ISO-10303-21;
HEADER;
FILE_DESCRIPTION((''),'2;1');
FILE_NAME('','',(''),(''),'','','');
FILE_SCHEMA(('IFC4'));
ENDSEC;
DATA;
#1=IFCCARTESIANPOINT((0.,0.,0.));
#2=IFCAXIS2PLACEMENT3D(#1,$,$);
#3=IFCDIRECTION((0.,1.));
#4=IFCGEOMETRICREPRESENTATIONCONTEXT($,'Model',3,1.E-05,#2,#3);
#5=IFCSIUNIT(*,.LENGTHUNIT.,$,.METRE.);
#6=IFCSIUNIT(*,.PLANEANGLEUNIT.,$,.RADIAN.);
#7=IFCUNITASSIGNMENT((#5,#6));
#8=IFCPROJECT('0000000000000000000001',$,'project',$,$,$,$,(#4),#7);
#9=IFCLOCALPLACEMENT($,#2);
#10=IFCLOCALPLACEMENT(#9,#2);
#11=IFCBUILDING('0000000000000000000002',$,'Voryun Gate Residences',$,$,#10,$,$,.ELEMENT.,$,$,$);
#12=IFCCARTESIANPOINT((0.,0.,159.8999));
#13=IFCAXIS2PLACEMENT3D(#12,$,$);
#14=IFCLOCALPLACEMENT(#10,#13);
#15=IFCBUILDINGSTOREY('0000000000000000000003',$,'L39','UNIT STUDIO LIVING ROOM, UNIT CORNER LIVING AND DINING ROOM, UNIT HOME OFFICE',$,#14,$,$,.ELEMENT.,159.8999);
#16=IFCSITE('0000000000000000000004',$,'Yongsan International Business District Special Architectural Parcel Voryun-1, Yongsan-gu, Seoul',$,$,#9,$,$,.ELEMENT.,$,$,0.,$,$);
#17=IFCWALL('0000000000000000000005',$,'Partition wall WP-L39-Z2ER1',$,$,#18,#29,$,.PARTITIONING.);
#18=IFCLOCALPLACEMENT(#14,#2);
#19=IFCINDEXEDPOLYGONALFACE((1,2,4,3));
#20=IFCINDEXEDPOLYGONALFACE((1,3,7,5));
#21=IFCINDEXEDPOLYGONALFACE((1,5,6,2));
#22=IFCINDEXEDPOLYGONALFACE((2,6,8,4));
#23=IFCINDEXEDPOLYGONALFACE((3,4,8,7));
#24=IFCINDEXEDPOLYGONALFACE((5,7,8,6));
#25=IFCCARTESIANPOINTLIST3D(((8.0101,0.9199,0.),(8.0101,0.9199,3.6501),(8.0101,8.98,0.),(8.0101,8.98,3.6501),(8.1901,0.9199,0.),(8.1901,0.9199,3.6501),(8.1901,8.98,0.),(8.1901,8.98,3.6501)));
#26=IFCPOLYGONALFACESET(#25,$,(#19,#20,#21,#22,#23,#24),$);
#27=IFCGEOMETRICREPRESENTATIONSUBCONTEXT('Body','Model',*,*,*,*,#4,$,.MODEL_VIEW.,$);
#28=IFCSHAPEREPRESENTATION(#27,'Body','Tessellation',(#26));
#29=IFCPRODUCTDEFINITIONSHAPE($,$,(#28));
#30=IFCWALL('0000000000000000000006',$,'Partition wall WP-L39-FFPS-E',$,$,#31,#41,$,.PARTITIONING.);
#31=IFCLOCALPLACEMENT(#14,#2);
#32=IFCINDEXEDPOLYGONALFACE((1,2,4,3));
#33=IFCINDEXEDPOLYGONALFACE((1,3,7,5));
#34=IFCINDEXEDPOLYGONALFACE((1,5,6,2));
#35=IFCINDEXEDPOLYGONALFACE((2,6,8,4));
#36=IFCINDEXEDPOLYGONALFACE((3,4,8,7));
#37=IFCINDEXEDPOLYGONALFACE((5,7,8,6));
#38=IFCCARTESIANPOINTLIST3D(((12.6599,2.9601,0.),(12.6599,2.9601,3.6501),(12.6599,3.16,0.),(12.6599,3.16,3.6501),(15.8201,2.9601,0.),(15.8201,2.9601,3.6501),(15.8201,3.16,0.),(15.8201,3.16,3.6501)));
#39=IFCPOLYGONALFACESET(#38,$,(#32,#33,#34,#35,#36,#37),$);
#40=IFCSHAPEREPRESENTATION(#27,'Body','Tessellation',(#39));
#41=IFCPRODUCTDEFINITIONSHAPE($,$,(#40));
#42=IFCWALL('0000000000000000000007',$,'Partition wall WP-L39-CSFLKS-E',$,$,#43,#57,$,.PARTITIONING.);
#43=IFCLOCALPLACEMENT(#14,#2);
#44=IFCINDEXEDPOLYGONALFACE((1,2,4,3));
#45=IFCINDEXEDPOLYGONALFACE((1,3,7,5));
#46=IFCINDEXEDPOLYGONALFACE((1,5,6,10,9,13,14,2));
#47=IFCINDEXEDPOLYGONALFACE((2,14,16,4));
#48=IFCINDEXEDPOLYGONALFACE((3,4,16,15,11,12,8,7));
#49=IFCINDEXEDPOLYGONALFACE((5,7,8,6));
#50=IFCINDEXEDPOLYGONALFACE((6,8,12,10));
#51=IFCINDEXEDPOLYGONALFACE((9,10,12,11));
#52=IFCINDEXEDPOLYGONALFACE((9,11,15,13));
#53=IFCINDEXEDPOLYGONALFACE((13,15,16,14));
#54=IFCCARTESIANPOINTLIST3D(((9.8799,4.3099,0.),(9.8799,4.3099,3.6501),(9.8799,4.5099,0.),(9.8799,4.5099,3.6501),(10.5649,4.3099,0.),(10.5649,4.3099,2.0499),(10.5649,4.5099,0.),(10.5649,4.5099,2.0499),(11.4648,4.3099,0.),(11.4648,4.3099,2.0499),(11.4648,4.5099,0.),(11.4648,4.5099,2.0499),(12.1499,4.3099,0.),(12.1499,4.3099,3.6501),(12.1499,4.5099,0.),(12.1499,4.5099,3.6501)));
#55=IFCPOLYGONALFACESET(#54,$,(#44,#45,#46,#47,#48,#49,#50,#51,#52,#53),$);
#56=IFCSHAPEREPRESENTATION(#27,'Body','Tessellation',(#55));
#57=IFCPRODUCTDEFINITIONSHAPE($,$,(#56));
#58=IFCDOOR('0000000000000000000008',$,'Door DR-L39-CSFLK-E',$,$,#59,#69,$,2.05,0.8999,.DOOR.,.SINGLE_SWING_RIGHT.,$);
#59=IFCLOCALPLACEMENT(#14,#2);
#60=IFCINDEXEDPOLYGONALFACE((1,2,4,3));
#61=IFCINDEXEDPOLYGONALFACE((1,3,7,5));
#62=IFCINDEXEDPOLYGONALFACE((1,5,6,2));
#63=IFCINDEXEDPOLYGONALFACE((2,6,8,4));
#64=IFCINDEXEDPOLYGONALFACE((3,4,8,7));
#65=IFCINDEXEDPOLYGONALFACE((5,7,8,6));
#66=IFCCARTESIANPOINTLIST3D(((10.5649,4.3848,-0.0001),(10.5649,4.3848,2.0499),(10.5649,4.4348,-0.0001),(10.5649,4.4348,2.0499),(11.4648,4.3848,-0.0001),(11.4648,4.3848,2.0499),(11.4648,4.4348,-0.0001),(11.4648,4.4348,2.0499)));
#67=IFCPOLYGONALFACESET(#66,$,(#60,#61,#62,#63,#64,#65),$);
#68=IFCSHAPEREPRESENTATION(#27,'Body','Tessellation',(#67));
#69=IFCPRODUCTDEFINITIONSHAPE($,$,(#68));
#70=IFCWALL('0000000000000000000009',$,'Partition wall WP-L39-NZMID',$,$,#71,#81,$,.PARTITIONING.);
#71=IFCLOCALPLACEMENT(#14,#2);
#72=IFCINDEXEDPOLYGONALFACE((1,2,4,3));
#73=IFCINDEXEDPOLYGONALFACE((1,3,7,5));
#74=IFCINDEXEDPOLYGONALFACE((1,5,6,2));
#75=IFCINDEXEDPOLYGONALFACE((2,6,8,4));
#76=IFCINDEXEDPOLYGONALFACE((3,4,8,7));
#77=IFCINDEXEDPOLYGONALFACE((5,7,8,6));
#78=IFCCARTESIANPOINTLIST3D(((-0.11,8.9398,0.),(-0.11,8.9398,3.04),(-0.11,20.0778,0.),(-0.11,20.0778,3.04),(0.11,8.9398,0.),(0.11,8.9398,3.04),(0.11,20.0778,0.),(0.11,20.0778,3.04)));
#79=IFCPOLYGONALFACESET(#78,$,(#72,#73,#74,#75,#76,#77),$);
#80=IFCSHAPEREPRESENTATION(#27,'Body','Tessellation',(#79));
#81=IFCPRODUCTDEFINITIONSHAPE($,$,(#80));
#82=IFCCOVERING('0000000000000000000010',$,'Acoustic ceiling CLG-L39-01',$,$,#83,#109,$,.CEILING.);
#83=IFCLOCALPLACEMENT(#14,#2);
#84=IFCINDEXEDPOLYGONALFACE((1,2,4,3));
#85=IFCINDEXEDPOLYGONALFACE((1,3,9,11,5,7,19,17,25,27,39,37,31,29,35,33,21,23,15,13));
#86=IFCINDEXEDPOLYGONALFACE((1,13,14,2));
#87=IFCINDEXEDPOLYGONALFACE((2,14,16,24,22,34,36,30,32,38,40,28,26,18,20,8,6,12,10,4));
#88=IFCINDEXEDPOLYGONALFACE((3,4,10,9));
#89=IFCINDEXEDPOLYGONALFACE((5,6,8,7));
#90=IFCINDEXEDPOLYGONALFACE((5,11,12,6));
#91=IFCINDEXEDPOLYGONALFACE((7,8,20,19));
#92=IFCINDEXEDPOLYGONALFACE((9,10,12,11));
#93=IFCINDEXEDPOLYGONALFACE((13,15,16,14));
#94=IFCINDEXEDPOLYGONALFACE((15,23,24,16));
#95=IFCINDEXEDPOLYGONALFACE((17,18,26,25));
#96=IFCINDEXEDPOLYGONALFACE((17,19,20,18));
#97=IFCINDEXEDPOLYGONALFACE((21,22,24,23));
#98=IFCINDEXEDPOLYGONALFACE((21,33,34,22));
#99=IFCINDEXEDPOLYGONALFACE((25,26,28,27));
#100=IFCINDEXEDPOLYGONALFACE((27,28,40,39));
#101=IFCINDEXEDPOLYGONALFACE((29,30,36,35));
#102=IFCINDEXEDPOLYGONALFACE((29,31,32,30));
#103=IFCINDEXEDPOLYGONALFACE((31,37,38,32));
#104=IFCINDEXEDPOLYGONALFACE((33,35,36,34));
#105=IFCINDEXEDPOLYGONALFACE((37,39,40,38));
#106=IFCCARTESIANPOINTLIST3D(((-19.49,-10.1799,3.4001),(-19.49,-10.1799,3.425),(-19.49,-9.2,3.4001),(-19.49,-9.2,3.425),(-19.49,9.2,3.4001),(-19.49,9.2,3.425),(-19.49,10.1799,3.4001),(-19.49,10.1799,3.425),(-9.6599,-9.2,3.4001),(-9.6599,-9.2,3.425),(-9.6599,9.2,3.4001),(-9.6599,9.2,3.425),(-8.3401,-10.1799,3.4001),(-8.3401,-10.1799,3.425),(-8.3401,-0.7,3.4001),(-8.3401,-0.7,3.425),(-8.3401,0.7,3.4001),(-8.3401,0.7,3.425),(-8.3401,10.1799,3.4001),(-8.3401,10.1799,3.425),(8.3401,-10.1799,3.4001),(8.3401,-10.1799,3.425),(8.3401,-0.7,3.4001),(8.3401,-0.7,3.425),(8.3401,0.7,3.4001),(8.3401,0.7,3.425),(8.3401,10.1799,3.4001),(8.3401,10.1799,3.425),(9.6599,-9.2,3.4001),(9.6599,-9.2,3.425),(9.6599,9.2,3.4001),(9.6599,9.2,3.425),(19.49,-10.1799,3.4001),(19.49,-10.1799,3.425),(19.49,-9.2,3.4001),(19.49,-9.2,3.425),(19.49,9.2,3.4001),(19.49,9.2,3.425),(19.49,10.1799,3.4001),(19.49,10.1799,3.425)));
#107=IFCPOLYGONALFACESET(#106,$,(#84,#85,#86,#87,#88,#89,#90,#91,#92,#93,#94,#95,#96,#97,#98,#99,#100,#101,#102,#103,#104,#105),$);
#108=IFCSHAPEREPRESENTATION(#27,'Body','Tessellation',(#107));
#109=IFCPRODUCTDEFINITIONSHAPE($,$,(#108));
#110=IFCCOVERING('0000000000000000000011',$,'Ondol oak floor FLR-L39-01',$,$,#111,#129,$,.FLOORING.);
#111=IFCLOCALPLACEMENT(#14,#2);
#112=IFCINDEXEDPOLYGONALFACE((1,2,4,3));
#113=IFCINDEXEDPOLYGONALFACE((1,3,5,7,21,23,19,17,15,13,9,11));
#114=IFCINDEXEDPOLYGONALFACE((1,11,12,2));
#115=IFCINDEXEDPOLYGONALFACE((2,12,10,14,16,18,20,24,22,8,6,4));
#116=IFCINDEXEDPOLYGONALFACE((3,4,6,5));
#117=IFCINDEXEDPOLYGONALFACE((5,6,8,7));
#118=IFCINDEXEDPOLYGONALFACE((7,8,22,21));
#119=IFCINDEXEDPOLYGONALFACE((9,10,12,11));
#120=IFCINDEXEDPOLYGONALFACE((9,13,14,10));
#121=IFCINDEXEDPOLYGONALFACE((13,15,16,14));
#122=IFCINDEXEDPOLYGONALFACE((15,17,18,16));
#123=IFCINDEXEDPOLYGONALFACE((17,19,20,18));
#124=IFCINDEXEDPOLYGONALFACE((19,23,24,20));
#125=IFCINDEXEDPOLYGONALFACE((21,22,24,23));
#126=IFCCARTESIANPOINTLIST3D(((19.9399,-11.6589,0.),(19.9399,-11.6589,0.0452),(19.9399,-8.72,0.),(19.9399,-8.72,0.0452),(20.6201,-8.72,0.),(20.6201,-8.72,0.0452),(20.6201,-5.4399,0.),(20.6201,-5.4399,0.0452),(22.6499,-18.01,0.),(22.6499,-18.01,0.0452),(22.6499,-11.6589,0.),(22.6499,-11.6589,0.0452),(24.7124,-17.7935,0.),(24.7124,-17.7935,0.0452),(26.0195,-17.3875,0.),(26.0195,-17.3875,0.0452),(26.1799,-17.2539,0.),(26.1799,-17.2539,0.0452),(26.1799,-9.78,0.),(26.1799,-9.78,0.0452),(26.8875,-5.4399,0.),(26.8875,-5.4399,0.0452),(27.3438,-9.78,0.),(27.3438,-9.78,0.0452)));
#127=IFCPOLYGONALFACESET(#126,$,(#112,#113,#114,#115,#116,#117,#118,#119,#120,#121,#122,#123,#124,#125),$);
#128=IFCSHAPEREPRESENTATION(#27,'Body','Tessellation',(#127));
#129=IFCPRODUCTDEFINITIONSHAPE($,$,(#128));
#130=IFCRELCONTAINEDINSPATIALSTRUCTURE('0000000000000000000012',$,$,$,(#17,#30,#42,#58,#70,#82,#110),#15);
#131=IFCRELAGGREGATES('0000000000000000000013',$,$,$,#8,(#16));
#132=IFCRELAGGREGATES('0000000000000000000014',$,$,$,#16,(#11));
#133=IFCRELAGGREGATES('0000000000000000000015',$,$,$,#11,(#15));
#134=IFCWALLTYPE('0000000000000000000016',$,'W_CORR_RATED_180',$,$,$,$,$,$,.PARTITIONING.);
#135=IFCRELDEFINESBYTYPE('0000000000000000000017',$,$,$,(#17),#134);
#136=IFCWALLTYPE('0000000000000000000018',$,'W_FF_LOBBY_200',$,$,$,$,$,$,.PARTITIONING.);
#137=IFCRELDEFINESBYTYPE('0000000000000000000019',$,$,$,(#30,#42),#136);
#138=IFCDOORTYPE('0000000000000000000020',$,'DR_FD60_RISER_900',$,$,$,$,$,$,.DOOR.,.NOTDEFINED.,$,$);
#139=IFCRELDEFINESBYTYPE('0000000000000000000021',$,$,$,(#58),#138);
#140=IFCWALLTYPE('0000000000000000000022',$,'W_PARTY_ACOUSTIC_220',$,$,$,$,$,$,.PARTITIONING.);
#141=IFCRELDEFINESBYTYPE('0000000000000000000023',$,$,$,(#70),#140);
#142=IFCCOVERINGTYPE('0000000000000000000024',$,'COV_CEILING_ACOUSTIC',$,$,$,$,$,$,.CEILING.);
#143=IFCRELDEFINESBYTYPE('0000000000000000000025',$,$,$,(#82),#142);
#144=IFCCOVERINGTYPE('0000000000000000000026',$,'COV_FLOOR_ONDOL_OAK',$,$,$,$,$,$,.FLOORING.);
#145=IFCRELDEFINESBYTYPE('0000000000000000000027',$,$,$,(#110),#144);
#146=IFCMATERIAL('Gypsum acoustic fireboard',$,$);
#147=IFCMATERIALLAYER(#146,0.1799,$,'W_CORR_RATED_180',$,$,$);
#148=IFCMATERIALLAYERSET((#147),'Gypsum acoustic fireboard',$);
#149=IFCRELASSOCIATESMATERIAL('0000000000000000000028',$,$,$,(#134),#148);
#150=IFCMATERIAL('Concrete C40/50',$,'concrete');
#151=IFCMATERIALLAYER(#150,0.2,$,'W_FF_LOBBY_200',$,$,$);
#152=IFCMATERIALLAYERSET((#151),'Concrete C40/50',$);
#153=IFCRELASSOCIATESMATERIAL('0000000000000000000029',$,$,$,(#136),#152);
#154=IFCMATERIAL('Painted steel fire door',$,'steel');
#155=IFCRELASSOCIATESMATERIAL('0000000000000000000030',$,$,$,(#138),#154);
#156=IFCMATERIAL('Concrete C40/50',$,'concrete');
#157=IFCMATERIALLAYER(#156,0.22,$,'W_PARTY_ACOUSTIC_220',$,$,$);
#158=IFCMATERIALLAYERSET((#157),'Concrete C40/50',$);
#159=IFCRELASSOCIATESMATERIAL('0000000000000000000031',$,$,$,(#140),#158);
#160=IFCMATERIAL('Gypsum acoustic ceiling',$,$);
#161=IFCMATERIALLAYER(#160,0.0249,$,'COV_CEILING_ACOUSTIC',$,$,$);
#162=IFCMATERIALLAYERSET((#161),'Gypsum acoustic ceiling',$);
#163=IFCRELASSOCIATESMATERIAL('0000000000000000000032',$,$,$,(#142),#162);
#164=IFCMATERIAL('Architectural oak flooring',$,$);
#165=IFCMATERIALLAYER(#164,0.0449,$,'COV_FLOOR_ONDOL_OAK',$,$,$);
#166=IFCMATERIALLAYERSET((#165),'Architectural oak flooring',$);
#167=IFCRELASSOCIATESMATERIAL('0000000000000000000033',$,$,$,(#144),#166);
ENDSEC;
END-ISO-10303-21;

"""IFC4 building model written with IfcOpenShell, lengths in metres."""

from ifc_helpers import new_model, si_unit, direction, frame, frame_2d, origin, place, context, subcontext, project, spatial, polyline, rectangle, outline, extrude, material, layer, layer_set, type_object, element, fill, save


model = new_model("IFC4")

# Units and contexts
model_context = context("Model", 3, precision=1e-05, world=origin(), true_north=direction((0.0, 1.0)))
body_context = subcontext(model_context, "Body", "Model", "MODEL_VIEW")
ifc_project = project(units=[si_unit("LENGTHUNIT", "METRE"), si_unit("PLANEANGLEUNIT", "RADIAN")], contexts=[model_context])

# Site, building, storey
site_placement = place(None, origin())
site = spatial("IfcSite", under=ifc_project, at=site_placement, Name="Yongsan International Business District Special Architectural Parcel Voryun-1, Yongsan-gu, Seoul", CompositionType="ELEMENT", RefElevation=0.0)
building_placement = place(site_placement, origin())
building = spatial("IfcBuilding", under=site, at=building_placement, Name="Voryun Gate Residences", CompositionType="ELEMENT")
storey_placement = place(building_placement, frame((0.0, 0.0, 159.8999)))
storey = spatial("IfcBuildingStorey", under=building, at=storey_placement, Name="L39", Description="UNIT STUDIO LIVING ROOM, UNIT CORNER LIVING AND DINING ROOM, UNIT HOME OFFICE", CompositionType="ELEMENT", Elevation=159.8999)

# Walls
ifc_material_1 = material(Name="Gypsum acoustic fireboard")
ifc_layer_1 = layer(ifc_material_1, 0.1799, Name="W_CORR_RATED_180")
ifc_layer_set_1 = layer_set([ifc_layer_1], Name="Gypsum acoustic fireboard")
wall_type_1 = type_object("IfcWallType", Name="W_CORR_RATED_180", PredefinedType="PARTITIONING", material=ifc_layer_set_1)
wall_1_placement = place(storey_placement, frame((8.1001, 0.9199, 0.0), z_axis=(0.0, 0.0, 1.0), x_axis=(0.0, 1.0, 0.0)))
element("IfcWall", 1, at=wall_1_placement, inside=storey, type_object=wall_type_1, Name="Partition wall WP-L39-Z2ER1", PredefinedType="PARTITIONING", context=body_context, shape_type="SweptSolid", body=[
    extrude(rectangle(XDim=8.0601, YDim=0.1799, at=frame_2d((4.03, 0.0))), origin(), (0.0, 0.0, 1.0), 3.6501),
])
ifc_material_2 = material(Name="Concrete C40/50", Category="concrete")
ifc_layer_2 = layer(ifc_material_2, 0.2, Name="W_FF_LOBBY_200")
ifc_layer_set_2 = layer_set([ifc_layer_2], Name="Concrete C40/50")
wall_type_2 = type_object("IfcWallType", Name="W_FF_LOBBY_200", PredefinedType="PARTITIONING", material=ifc_layer_set_2)
wall_2_placement = place(storey_placement, frame((12.6599, 3.0601, 0.0), z_axis=(0.0, 0.0, 1.0), x_axis=(1.0, 0.0, 0.0)))
element("IfcWall", 2, at=wall_2_placement, inside=storey, type_object=wall_type_2, Name="Partition wall WP-L39-FFPS-E", PredefinedType="PARTITIONING", context=body_context, shape_type="SweptSolid", body=[
    extrude(rectangle(XDim=3.1602, YDim=0.2, at=frame_2d((1.5801, 0.0))), origin(), (0.0, 0.0, 1.0), 3.6501),
])

# Wall, opening, door
wall_3_placement = place(storey_placement, frame((9.8799, 4.4099, 0.0), z_axis=(0.0, 0.0, 1.0), x_axis=(1.0, 0.0, 0.0)))
wall_3 = element("IfcWall", 3, at=wall_3_placement, inside=storey, type_object=wall_type_2, Name="Partition wall WP-L39-CSFLKS-E", PredefinedType="PARTITIONING", context=body_context, shape_type="SweptSolid", body=[
    extrude(rectangle(XDim=2.27, YDim=0.2, at=frame_2d((1.135, 0.0))), origin(), (0.0, 0.0, 1.0), 3.6501),
])
opening_placement = place(wall_3_placement, frame((0.6851, 0.0, 0.0)))
opening = element("IfcOpeningElement", 4, at=opening_placement, cuts=wall_3, PredefinedType="OPENING", context=body_context, shape_type="SweptSolid", body=[
    extrude(rectangle(XDim=0.8999, YDim=2.05, at=frame_2d((0.45, 1.0249))), frame((0.0, 0.1101, 0.0), z_axis=(0.0, -1.0, 0.0), x_axis=(1.0, 0.0, 0.0)), (0.0, 0.0, 1.0), 0.22),
])
ifc_material_3 = material(Name="Painted steel fire door", Category="steel")
door_type = type_object("IfcDoorType", Name="DR_FD60_RISER_900", OperationType="NOTDEFINED", PredefinedType="DOOR", material=ifc_material_3)
door_placement = place(opening_placement, origin())
door = element("IfcDoor", 5, at=door_placement, inside=storey, type_object=door_type, Name="Door DR-L39-CSFLK-E", OperationType="SINGLE_SWING_RIGHT", OverallHeight=2.05, OverallWidth=0.8999, PredefinedType="DOOR", context=body_context, shape_type="SweptSolid", body=[
    extrude(rectangle(XDim=0.8999, YDim=2.05, at=frame_2d((0.45, 1.0249))), frame((0.0, 0.0249, 0.0), z_axis=(0.0, -1.0, 0.0), x_axis=(1.0, 0.0, 0.0)), (0.0, 0.0, 1.0), 0.05),
])
fill(opening, door)

# Wall
ifc_material_4 = material(Name="Concrete C40/50", Category="concrete")
ifc_layer_3 = layer(ifc_material_4, 0.22, Name="W_PARTY_ACOUSTIC_220")
ifc_layer_set_3 = layer_set([ifc_layer_3], Name="Concrete C40/50")
wall_type_3 = type_object("IfcWallType", Name="W_PARTY_ACOUSTIC_220", PredefinedType="PARTITIONING", material=ifc_layer_set_3)
wall_4_placement = place(storey_placement, frame((0.0, 8.9399, 0.0), z_axis=(0.0, 0.0, 1.0), x_axis=(0.0, 1.0, 0.0)))
element("IfcWall", 6, at=wall_4_placement, inside=storey, type_object=wall_type_3, Name="Partition wall WP-L39-NZMID", PredefinedType="PARTITIONING", context=body_context, shape_type="SweptSolid", body=[
    extrude(rectangle(XDim=11.1379, YDim=0.22, at=frame_2d((5.5688, 0.0))), origin(), (0.0, 0.0, 1.0), 3.04),
])

# Coverings
ifc_material_5 = material(Name="Gypsum acoustic ceiling")
ifc_layer_4 = layer(ifc_material_5, 0.0249, Name="COV_CEILING_ACOUSTIC")
ifc_layer_set_4 = layer_set([ifc_layer_4], Name="Gypsum acoustic ceiling")
covering_type_1 = type_object("IfcCoveringType", Name="COV_CEILING_ACOUSTIC", PredefinedType="CEILING", material=ifc_layer_set_4)
covering_1_placement = place(storey_placement, frame((0.0, 0.0, 3.4001)))
element("IfcCovering", 7, at=covering_1_placement, inside=storey, type_object=covering_type_1, Name="Acoustic ceiling CLG-L39-01", PredefinedType="CEILING", context=body_context, shape_type="SweptSolid", body=[
    extrude(outline(polyline([(-9.6599, 9.2), (-19.49, 9.2), (-19.49, 10.1799), (-8.3401, 10.1799), (-8.3401, 0.7), (8.3401, 0.7), (8.3401, 10.1799), (19.49, 10.1799), (19.49, 9.2), (9.6599, 9.2), (9.6599, -9.2), (19.49, -9.2), (19.49, -10.1799), (8.3401, -10.1799), (8.3401, -0.7), (-8.3401, -0.7), (-8.3401, -10.1799), (-19.49, -10.1799), (-19.49, -9.2), (-9.6599, -9.2), (-9.6599, 9.2)])), origin(), (0.0, 0.0, 1.0), 0.0249),
])
ifc_material_6 = material(Name="Architectural oak flooring")
ifc_layer_5 = layer(ifc_material_6, 0.0449, Name="COV_FLOOR_ONDOL_OAK")
ifc_layer_set_5 = layer_set([ifc_layer_5], Name="Architectural oak flooring")
covering_type_2 = type_object("IfcCoveringType", Name="COV_FLOOR_ONDOL_OAK", PredefinedType="FLOORING", material=ifc_layer_set_5)
covering_2_placement = place(storey_placement, origin())
element("IfcCovering", 8, at=covering_2_placement, inside=storey, type_object=covering_type_2, Name="Ondol oak floor FLR-L39-01", PredefinedType="FLOORING", context=body_context, shape_type="SweptSolid", body=[
    extrude(outline(polyline([(22.6499, -18.01), (22.6499, -11.6589), (19.9399, -11.6589), (19.9399, -8.72), (20.6201, -8.72), (20.6201, -5.4399), (26.8875, -5.4399), (27.3438, -9.78), (26.1799, -9.78), (26.1799, -17.2539), (26.0195, -17.3875), (24.7124, -17.7935), (22.6499, -18.01)])), origin(), (0.0, 0.0, 1.0), 0.0452),
])

save(model, "model.ifc")
